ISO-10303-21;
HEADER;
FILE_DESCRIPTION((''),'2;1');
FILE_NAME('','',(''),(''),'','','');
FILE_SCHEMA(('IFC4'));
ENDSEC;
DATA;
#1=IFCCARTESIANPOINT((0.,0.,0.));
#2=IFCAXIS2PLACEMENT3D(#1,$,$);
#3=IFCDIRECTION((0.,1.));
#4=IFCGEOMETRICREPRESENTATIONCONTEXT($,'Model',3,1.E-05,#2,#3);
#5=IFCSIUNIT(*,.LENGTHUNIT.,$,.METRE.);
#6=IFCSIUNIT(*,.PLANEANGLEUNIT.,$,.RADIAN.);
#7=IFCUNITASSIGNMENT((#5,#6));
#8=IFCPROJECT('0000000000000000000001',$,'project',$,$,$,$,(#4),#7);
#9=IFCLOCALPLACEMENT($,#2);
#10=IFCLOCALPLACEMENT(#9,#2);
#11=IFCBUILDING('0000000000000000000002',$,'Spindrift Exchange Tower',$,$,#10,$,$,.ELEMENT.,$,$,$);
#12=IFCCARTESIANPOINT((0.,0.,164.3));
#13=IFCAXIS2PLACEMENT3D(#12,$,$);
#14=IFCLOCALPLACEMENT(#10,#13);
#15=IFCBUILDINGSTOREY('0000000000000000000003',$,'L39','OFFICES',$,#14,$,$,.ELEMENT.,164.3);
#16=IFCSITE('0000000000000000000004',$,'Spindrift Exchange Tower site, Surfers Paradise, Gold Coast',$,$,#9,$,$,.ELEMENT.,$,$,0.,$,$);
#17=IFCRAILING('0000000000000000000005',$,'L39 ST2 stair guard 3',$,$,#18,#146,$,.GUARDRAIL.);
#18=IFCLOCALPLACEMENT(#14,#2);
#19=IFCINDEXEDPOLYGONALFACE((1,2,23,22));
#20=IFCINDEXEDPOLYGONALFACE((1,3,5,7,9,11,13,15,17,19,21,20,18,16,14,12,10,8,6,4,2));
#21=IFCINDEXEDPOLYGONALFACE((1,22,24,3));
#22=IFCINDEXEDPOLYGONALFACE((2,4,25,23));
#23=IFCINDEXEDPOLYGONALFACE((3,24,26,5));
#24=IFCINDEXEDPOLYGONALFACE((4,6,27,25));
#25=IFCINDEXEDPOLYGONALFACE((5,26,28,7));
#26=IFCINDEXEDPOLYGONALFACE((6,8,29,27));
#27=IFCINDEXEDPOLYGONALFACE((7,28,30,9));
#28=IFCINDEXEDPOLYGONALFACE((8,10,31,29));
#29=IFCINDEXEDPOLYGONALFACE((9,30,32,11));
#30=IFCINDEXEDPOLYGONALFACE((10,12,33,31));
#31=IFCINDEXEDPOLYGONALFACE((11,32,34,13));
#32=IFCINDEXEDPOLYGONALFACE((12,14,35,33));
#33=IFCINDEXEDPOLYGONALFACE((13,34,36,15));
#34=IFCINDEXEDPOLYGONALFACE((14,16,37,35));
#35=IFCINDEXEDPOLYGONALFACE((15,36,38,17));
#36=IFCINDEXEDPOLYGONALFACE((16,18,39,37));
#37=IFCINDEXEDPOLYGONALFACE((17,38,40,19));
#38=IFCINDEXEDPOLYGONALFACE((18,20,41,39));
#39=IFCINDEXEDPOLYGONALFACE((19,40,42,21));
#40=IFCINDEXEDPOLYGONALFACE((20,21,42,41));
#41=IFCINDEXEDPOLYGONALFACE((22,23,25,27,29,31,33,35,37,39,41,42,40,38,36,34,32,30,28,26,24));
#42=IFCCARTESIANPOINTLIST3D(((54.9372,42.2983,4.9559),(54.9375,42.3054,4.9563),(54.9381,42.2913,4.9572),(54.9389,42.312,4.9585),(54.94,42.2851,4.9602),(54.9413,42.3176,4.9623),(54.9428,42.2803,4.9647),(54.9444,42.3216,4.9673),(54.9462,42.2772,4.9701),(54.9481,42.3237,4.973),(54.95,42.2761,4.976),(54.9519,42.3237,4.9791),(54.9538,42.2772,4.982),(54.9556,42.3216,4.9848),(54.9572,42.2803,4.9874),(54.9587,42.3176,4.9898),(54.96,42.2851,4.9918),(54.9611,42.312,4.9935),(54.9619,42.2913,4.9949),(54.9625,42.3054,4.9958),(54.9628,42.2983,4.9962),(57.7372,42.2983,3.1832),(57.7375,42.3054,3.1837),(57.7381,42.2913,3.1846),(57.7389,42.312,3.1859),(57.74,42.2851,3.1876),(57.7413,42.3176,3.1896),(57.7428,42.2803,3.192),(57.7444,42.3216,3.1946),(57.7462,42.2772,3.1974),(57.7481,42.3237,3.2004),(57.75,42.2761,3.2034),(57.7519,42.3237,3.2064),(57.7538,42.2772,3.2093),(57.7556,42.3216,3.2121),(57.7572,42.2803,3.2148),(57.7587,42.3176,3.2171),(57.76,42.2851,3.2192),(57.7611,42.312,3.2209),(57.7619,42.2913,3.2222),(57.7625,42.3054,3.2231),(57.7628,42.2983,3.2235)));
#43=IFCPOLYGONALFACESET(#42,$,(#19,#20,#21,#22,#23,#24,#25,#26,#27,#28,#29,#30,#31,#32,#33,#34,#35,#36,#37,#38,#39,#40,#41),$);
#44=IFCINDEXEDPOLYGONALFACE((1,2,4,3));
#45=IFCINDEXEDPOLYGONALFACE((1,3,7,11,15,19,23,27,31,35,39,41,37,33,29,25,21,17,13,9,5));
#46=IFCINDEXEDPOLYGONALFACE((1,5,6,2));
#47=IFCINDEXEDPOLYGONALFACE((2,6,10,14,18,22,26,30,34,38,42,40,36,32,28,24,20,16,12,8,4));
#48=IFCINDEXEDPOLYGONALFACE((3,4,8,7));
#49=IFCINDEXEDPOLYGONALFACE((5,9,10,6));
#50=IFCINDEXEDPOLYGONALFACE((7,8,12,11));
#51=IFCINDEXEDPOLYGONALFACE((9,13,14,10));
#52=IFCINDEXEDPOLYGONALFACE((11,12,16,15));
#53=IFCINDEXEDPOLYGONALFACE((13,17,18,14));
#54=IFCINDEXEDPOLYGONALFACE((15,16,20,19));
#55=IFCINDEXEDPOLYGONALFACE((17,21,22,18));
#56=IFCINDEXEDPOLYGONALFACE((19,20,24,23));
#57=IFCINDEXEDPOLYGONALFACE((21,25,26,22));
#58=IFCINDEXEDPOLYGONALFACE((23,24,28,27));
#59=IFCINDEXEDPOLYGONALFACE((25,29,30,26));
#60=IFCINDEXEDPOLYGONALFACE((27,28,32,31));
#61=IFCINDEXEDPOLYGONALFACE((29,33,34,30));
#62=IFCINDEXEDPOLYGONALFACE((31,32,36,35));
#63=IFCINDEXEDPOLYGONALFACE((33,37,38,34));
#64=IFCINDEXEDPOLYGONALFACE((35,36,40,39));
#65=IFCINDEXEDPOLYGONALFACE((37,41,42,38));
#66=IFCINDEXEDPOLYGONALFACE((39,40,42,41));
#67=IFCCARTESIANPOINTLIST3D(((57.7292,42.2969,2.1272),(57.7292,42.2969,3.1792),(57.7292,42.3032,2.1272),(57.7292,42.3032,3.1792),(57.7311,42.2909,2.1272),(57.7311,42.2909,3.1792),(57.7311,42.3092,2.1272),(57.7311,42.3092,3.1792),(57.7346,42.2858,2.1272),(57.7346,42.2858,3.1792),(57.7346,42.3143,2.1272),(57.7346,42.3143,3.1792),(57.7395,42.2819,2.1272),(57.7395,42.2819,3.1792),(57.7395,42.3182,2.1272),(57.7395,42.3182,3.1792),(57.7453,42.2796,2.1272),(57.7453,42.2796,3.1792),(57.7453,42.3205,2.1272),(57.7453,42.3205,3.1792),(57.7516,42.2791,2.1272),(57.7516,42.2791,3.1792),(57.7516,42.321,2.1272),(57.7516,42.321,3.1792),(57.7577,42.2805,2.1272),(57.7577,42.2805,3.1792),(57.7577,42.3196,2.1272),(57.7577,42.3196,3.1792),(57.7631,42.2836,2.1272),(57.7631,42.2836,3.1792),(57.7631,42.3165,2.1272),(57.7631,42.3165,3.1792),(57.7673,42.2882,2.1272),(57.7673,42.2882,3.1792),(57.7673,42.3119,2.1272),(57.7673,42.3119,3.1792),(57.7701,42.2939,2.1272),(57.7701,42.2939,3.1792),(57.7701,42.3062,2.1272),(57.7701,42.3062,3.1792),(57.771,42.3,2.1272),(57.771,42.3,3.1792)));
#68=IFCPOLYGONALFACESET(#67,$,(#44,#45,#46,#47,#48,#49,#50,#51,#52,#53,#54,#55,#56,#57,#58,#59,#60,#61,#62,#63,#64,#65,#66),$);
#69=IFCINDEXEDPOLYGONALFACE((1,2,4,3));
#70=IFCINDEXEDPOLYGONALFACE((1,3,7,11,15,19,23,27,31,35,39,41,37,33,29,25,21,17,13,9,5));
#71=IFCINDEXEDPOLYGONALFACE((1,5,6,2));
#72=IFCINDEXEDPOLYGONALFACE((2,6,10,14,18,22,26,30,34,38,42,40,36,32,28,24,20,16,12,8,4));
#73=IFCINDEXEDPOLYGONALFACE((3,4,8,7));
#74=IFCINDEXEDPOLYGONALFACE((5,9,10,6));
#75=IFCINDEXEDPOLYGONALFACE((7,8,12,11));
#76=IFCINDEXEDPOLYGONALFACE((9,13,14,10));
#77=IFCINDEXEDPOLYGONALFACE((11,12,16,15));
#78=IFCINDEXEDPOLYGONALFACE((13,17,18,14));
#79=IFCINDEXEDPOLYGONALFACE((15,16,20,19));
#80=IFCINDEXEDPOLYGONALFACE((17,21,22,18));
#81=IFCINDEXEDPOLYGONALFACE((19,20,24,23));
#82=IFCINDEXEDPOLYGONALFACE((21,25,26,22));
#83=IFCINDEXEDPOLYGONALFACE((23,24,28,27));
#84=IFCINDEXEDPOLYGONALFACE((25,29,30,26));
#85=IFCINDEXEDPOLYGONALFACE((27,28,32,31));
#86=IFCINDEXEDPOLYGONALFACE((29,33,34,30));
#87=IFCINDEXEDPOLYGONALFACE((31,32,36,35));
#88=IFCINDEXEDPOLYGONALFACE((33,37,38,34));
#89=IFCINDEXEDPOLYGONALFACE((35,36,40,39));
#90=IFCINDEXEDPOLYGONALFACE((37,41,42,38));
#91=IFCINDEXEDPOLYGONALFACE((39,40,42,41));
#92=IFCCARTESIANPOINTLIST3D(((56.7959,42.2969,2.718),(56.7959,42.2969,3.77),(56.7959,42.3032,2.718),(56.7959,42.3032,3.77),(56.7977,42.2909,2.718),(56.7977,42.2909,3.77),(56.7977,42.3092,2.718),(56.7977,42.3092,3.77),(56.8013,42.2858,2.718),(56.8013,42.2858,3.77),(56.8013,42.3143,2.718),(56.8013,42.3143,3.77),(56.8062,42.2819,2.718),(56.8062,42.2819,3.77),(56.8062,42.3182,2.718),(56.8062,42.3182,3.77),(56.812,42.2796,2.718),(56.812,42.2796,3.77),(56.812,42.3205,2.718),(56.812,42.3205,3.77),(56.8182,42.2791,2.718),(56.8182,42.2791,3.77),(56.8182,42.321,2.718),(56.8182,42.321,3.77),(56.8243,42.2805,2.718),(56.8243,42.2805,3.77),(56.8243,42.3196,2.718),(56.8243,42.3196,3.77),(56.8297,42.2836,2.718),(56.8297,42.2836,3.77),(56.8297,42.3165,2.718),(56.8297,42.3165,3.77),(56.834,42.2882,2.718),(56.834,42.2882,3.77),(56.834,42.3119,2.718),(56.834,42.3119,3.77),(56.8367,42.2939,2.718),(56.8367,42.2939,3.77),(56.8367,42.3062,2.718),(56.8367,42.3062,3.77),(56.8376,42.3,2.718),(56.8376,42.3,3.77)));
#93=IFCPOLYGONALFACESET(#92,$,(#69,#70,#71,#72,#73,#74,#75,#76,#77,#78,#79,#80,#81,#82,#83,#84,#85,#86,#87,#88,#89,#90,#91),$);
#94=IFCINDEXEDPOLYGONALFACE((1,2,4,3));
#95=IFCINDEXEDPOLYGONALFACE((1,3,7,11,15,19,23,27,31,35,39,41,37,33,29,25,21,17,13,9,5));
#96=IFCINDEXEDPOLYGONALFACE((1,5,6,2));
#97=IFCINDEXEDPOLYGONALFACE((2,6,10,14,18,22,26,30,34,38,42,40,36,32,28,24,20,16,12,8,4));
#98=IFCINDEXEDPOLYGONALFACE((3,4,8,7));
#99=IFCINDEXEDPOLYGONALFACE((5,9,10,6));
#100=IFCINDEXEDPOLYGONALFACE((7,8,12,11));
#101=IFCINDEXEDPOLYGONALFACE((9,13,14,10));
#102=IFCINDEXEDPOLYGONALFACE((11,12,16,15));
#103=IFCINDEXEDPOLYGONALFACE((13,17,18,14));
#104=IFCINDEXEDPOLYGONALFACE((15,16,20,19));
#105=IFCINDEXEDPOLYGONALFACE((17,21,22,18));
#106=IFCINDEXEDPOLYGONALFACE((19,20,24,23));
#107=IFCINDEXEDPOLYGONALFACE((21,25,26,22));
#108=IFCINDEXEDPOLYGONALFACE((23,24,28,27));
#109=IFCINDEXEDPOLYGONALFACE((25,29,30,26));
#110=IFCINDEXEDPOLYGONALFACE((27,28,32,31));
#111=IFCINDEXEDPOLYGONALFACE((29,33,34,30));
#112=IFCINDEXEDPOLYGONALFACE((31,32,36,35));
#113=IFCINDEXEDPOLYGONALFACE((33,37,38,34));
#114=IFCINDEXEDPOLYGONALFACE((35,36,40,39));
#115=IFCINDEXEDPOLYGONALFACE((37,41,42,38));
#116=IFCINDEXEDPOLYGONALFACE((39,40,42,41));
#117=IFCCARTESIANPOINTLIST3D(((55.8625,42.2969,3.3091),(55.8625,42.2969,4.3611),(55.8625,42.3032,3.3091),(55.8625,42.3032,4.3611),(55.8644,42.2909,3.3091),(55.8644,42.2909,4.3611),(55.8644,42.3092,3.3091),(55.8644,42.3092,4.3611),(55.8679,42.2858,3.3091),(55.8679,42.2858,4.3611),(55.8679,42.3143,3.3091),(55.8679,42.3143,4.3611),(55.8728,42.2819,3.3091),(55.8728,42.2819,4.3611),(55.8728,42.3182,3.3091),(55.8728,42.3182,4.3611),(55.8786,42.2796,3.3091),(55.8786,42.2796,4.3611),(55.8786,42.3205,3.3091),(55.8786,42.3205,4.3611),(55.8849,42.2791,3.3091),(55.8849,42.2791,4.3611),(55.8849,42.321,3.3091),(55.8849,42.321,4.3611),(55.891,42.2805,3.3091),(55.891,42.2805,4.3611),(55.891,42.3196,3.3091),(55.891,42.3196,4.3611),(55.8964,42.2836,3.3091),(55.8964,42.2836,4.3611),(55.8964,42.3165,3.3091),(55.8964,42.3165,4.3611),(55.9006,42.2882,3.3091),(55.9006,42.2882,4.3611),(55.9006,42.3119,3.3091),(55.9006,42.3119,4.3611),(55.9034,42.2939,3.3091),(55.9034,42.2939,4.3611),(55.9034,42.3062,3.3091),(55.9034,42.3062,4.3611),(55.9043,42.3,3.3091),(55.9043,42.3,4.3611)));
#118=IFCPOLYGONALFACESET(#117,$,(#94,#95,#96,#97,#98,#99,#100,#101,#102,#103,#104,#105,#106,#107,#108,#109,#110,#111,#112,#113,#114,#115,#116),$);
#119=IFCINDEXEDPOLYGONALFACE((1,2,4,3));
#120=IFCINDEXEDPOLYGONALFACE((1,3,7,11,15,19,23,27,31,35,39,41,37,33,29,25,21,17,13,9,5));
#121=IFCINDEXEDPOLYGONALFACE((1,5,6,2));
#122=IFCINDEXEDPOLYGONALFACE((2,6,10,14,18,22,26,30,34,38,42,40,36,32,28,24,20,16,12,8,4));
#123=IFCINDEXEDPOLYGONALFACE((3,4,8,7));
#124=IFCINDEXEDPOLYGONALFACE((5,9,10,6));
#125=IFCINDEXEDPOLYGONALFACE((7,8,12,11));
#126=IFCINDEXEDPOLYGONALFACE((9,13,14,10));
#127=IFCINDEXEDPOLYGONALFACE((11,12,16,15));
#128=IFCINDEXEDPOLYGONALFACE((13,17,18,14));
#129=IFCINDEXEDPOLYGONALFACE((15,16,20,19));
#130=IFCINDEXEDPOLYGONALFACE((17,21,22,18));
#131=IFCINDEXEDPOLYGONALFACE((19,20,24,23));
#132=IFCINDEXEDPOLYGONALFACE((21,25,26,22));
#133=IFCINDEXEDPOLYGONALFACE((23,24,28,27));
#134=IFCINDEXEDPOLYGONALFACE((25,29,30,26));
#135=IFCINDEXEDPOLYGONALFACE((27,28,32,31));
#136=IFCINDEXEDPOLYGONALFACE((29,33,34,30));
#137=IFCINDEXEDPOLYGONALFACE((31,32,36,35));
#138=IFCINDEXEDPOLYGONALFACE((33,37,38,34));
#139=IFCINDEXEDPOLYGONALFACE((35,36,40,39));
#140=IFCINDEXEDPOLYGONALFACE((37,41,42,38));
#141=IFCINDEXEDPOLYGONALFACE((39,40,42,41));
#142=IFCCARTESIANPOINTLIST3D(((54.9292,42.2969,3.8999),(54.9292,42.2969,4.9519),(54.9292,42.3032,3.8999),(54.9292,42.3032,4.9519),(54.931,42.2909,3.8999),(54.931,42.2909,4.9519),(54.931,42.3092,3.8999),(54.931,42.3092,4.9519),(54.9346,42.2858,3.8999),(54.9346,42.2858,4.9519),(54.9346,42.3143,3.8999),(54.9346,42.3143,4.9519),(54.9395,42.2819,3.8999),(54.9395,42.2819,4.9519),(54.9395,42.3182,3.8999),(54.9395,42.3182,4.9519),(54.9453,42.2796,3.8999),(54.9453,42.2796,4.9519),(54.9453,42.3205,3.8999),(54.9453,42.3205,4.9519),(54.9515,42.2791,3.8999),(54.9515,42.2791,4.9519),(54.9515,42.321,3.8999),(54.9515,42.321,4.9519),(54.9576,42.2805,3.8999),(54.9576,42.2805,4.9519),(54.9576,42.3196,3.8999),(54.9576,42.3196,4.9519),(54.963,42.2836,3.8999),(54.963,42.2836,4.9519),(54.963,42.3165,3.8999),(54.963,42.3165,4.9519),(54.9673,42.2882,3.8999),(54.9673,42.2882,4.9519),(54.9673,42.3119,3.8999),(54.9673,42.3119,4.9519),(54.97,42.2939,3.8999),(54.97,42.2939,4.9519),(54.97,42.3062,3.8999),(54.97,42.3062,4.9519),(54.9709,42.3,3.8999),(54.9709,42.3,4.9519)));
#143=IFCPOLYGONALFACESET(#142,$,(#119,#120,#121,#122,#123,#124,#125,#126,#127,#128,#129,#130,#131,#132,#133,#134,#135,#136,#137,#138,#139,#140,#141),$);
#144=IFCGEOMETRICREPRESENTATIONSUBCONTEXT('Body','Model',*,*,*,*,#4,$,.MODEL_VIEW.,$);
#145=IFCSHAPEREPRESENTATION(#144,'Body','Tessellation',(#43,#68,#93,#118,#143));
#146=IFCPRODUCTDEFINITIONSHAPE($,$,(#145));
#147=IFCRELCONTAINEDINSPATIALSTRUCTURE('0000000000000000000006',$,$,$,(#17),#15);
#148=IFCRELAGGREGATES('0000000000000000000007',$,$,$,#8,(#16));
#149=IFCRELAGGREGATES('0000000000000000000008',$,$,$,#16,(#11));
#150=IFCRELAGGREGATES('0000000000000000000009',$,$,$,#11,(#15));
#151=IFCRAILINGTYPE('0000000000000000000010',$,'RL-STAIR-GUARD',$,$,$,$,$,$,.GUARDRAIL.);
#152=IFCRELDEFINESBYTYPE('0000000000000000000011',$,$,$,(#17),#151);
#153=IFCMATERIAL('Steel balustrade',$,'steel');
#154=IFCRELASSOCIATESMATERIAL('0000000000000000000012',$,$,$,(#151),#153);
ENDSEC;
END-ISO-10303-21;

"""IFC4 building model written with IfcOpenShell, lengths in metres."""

from ifc_helpers import new_model, si_unit, direction, frame, origin, origin_2d, place, context, subcontext, project, spatial, circle, extrude, material, type_object, element, save


model = new_model("IFC4")

# Units and contexts
model_context = context("Model", 3, precision=1e-05, world=origin(), true_north=direction((0.0, 1.0)))
body_context = subcontext(model_context, "Body", "Model", "MODEL_VIEW")
ifc_project = project(units=[si_unit("LENGTHUNIT", "METRE"), si_unit("PLANEANGLEUNIT", "RADIAN")], contexts=[model_context])

# Site, building, storey
site_placement = place(None, origin())
site = spatial("IfcSite", under=ifc_project, at=site_placement, Name="Spindrift Exchange Tower site, Surfers Paradise, Gold Coast", CompositionType="ELEMENT", RefElevation=0.0)
building_placement = place(site_placement, origin())
building = spatial("IfcBuilding", under=site, at=building_placement, Name="Spindrift Exchange Tower", CompositionType="ELEMENT")
storey_placement = place(building_placement, frame((0.0, 0.0, 164.3)))
storey = spatial("IfcBuildingStorey", under=building, at=storey_placement, Name="L39", Description="OFFICES", CompositionType="ELEMENT", Elevation=164.3)

# Railing
ifc_material_1 = material(Name="Steel balustrade", Category="steel")
railing_type_1 = type_object("IfcRailingType", Name="RL-STAIR-GUARD", PredefinedType="GUARDRAIL", material=ifc_material_1)
railing_1_placement = place(storey_placement, frame((57.75, 42.3, 2.1272)))
element("IfcRailing", 1, at=railing_1_placement, inside=storey, type_object=railing_type_1, Name="L39 ST2 stair guard 3", PredefinedType="GUARDRAIL", context=body_context, shape_type="SweptSolid", body=[
    extrude(circle(Radius=0.0239, at=origin_2d()), frame((0.0, 0.0, 1.0762), z_axis=(-0.844909, 0.0, 0.53491), x_axis=(0.0, -1.0, 0.0)), (0.0, 0.0, 1.0), 3.314),
    extrude(circle(Radius=0.021, at=origin_2d()), origin(), (0.0, 0.0, 1.0), 1.052),
    extrude(circle(Radius=0.021, at=origin_2d()), frame((-0.9333, 0.0, 0.5908)), (0.0, 0.0, 1.0), 1.052),
    extrude(circle(Radius=0.021, at=origin_2d()), frame((-1.8667, 0.0, 1.1819)), (0.0, 0.0, 1.0), 1.052),
    extrude(circle(Radius=0.021, at=origin_2d()), frame((-2.8, 0.0, 1.7727)), (0.0, 0.0, 1.0), 1.052),
])

save(model, "model.ifc")
